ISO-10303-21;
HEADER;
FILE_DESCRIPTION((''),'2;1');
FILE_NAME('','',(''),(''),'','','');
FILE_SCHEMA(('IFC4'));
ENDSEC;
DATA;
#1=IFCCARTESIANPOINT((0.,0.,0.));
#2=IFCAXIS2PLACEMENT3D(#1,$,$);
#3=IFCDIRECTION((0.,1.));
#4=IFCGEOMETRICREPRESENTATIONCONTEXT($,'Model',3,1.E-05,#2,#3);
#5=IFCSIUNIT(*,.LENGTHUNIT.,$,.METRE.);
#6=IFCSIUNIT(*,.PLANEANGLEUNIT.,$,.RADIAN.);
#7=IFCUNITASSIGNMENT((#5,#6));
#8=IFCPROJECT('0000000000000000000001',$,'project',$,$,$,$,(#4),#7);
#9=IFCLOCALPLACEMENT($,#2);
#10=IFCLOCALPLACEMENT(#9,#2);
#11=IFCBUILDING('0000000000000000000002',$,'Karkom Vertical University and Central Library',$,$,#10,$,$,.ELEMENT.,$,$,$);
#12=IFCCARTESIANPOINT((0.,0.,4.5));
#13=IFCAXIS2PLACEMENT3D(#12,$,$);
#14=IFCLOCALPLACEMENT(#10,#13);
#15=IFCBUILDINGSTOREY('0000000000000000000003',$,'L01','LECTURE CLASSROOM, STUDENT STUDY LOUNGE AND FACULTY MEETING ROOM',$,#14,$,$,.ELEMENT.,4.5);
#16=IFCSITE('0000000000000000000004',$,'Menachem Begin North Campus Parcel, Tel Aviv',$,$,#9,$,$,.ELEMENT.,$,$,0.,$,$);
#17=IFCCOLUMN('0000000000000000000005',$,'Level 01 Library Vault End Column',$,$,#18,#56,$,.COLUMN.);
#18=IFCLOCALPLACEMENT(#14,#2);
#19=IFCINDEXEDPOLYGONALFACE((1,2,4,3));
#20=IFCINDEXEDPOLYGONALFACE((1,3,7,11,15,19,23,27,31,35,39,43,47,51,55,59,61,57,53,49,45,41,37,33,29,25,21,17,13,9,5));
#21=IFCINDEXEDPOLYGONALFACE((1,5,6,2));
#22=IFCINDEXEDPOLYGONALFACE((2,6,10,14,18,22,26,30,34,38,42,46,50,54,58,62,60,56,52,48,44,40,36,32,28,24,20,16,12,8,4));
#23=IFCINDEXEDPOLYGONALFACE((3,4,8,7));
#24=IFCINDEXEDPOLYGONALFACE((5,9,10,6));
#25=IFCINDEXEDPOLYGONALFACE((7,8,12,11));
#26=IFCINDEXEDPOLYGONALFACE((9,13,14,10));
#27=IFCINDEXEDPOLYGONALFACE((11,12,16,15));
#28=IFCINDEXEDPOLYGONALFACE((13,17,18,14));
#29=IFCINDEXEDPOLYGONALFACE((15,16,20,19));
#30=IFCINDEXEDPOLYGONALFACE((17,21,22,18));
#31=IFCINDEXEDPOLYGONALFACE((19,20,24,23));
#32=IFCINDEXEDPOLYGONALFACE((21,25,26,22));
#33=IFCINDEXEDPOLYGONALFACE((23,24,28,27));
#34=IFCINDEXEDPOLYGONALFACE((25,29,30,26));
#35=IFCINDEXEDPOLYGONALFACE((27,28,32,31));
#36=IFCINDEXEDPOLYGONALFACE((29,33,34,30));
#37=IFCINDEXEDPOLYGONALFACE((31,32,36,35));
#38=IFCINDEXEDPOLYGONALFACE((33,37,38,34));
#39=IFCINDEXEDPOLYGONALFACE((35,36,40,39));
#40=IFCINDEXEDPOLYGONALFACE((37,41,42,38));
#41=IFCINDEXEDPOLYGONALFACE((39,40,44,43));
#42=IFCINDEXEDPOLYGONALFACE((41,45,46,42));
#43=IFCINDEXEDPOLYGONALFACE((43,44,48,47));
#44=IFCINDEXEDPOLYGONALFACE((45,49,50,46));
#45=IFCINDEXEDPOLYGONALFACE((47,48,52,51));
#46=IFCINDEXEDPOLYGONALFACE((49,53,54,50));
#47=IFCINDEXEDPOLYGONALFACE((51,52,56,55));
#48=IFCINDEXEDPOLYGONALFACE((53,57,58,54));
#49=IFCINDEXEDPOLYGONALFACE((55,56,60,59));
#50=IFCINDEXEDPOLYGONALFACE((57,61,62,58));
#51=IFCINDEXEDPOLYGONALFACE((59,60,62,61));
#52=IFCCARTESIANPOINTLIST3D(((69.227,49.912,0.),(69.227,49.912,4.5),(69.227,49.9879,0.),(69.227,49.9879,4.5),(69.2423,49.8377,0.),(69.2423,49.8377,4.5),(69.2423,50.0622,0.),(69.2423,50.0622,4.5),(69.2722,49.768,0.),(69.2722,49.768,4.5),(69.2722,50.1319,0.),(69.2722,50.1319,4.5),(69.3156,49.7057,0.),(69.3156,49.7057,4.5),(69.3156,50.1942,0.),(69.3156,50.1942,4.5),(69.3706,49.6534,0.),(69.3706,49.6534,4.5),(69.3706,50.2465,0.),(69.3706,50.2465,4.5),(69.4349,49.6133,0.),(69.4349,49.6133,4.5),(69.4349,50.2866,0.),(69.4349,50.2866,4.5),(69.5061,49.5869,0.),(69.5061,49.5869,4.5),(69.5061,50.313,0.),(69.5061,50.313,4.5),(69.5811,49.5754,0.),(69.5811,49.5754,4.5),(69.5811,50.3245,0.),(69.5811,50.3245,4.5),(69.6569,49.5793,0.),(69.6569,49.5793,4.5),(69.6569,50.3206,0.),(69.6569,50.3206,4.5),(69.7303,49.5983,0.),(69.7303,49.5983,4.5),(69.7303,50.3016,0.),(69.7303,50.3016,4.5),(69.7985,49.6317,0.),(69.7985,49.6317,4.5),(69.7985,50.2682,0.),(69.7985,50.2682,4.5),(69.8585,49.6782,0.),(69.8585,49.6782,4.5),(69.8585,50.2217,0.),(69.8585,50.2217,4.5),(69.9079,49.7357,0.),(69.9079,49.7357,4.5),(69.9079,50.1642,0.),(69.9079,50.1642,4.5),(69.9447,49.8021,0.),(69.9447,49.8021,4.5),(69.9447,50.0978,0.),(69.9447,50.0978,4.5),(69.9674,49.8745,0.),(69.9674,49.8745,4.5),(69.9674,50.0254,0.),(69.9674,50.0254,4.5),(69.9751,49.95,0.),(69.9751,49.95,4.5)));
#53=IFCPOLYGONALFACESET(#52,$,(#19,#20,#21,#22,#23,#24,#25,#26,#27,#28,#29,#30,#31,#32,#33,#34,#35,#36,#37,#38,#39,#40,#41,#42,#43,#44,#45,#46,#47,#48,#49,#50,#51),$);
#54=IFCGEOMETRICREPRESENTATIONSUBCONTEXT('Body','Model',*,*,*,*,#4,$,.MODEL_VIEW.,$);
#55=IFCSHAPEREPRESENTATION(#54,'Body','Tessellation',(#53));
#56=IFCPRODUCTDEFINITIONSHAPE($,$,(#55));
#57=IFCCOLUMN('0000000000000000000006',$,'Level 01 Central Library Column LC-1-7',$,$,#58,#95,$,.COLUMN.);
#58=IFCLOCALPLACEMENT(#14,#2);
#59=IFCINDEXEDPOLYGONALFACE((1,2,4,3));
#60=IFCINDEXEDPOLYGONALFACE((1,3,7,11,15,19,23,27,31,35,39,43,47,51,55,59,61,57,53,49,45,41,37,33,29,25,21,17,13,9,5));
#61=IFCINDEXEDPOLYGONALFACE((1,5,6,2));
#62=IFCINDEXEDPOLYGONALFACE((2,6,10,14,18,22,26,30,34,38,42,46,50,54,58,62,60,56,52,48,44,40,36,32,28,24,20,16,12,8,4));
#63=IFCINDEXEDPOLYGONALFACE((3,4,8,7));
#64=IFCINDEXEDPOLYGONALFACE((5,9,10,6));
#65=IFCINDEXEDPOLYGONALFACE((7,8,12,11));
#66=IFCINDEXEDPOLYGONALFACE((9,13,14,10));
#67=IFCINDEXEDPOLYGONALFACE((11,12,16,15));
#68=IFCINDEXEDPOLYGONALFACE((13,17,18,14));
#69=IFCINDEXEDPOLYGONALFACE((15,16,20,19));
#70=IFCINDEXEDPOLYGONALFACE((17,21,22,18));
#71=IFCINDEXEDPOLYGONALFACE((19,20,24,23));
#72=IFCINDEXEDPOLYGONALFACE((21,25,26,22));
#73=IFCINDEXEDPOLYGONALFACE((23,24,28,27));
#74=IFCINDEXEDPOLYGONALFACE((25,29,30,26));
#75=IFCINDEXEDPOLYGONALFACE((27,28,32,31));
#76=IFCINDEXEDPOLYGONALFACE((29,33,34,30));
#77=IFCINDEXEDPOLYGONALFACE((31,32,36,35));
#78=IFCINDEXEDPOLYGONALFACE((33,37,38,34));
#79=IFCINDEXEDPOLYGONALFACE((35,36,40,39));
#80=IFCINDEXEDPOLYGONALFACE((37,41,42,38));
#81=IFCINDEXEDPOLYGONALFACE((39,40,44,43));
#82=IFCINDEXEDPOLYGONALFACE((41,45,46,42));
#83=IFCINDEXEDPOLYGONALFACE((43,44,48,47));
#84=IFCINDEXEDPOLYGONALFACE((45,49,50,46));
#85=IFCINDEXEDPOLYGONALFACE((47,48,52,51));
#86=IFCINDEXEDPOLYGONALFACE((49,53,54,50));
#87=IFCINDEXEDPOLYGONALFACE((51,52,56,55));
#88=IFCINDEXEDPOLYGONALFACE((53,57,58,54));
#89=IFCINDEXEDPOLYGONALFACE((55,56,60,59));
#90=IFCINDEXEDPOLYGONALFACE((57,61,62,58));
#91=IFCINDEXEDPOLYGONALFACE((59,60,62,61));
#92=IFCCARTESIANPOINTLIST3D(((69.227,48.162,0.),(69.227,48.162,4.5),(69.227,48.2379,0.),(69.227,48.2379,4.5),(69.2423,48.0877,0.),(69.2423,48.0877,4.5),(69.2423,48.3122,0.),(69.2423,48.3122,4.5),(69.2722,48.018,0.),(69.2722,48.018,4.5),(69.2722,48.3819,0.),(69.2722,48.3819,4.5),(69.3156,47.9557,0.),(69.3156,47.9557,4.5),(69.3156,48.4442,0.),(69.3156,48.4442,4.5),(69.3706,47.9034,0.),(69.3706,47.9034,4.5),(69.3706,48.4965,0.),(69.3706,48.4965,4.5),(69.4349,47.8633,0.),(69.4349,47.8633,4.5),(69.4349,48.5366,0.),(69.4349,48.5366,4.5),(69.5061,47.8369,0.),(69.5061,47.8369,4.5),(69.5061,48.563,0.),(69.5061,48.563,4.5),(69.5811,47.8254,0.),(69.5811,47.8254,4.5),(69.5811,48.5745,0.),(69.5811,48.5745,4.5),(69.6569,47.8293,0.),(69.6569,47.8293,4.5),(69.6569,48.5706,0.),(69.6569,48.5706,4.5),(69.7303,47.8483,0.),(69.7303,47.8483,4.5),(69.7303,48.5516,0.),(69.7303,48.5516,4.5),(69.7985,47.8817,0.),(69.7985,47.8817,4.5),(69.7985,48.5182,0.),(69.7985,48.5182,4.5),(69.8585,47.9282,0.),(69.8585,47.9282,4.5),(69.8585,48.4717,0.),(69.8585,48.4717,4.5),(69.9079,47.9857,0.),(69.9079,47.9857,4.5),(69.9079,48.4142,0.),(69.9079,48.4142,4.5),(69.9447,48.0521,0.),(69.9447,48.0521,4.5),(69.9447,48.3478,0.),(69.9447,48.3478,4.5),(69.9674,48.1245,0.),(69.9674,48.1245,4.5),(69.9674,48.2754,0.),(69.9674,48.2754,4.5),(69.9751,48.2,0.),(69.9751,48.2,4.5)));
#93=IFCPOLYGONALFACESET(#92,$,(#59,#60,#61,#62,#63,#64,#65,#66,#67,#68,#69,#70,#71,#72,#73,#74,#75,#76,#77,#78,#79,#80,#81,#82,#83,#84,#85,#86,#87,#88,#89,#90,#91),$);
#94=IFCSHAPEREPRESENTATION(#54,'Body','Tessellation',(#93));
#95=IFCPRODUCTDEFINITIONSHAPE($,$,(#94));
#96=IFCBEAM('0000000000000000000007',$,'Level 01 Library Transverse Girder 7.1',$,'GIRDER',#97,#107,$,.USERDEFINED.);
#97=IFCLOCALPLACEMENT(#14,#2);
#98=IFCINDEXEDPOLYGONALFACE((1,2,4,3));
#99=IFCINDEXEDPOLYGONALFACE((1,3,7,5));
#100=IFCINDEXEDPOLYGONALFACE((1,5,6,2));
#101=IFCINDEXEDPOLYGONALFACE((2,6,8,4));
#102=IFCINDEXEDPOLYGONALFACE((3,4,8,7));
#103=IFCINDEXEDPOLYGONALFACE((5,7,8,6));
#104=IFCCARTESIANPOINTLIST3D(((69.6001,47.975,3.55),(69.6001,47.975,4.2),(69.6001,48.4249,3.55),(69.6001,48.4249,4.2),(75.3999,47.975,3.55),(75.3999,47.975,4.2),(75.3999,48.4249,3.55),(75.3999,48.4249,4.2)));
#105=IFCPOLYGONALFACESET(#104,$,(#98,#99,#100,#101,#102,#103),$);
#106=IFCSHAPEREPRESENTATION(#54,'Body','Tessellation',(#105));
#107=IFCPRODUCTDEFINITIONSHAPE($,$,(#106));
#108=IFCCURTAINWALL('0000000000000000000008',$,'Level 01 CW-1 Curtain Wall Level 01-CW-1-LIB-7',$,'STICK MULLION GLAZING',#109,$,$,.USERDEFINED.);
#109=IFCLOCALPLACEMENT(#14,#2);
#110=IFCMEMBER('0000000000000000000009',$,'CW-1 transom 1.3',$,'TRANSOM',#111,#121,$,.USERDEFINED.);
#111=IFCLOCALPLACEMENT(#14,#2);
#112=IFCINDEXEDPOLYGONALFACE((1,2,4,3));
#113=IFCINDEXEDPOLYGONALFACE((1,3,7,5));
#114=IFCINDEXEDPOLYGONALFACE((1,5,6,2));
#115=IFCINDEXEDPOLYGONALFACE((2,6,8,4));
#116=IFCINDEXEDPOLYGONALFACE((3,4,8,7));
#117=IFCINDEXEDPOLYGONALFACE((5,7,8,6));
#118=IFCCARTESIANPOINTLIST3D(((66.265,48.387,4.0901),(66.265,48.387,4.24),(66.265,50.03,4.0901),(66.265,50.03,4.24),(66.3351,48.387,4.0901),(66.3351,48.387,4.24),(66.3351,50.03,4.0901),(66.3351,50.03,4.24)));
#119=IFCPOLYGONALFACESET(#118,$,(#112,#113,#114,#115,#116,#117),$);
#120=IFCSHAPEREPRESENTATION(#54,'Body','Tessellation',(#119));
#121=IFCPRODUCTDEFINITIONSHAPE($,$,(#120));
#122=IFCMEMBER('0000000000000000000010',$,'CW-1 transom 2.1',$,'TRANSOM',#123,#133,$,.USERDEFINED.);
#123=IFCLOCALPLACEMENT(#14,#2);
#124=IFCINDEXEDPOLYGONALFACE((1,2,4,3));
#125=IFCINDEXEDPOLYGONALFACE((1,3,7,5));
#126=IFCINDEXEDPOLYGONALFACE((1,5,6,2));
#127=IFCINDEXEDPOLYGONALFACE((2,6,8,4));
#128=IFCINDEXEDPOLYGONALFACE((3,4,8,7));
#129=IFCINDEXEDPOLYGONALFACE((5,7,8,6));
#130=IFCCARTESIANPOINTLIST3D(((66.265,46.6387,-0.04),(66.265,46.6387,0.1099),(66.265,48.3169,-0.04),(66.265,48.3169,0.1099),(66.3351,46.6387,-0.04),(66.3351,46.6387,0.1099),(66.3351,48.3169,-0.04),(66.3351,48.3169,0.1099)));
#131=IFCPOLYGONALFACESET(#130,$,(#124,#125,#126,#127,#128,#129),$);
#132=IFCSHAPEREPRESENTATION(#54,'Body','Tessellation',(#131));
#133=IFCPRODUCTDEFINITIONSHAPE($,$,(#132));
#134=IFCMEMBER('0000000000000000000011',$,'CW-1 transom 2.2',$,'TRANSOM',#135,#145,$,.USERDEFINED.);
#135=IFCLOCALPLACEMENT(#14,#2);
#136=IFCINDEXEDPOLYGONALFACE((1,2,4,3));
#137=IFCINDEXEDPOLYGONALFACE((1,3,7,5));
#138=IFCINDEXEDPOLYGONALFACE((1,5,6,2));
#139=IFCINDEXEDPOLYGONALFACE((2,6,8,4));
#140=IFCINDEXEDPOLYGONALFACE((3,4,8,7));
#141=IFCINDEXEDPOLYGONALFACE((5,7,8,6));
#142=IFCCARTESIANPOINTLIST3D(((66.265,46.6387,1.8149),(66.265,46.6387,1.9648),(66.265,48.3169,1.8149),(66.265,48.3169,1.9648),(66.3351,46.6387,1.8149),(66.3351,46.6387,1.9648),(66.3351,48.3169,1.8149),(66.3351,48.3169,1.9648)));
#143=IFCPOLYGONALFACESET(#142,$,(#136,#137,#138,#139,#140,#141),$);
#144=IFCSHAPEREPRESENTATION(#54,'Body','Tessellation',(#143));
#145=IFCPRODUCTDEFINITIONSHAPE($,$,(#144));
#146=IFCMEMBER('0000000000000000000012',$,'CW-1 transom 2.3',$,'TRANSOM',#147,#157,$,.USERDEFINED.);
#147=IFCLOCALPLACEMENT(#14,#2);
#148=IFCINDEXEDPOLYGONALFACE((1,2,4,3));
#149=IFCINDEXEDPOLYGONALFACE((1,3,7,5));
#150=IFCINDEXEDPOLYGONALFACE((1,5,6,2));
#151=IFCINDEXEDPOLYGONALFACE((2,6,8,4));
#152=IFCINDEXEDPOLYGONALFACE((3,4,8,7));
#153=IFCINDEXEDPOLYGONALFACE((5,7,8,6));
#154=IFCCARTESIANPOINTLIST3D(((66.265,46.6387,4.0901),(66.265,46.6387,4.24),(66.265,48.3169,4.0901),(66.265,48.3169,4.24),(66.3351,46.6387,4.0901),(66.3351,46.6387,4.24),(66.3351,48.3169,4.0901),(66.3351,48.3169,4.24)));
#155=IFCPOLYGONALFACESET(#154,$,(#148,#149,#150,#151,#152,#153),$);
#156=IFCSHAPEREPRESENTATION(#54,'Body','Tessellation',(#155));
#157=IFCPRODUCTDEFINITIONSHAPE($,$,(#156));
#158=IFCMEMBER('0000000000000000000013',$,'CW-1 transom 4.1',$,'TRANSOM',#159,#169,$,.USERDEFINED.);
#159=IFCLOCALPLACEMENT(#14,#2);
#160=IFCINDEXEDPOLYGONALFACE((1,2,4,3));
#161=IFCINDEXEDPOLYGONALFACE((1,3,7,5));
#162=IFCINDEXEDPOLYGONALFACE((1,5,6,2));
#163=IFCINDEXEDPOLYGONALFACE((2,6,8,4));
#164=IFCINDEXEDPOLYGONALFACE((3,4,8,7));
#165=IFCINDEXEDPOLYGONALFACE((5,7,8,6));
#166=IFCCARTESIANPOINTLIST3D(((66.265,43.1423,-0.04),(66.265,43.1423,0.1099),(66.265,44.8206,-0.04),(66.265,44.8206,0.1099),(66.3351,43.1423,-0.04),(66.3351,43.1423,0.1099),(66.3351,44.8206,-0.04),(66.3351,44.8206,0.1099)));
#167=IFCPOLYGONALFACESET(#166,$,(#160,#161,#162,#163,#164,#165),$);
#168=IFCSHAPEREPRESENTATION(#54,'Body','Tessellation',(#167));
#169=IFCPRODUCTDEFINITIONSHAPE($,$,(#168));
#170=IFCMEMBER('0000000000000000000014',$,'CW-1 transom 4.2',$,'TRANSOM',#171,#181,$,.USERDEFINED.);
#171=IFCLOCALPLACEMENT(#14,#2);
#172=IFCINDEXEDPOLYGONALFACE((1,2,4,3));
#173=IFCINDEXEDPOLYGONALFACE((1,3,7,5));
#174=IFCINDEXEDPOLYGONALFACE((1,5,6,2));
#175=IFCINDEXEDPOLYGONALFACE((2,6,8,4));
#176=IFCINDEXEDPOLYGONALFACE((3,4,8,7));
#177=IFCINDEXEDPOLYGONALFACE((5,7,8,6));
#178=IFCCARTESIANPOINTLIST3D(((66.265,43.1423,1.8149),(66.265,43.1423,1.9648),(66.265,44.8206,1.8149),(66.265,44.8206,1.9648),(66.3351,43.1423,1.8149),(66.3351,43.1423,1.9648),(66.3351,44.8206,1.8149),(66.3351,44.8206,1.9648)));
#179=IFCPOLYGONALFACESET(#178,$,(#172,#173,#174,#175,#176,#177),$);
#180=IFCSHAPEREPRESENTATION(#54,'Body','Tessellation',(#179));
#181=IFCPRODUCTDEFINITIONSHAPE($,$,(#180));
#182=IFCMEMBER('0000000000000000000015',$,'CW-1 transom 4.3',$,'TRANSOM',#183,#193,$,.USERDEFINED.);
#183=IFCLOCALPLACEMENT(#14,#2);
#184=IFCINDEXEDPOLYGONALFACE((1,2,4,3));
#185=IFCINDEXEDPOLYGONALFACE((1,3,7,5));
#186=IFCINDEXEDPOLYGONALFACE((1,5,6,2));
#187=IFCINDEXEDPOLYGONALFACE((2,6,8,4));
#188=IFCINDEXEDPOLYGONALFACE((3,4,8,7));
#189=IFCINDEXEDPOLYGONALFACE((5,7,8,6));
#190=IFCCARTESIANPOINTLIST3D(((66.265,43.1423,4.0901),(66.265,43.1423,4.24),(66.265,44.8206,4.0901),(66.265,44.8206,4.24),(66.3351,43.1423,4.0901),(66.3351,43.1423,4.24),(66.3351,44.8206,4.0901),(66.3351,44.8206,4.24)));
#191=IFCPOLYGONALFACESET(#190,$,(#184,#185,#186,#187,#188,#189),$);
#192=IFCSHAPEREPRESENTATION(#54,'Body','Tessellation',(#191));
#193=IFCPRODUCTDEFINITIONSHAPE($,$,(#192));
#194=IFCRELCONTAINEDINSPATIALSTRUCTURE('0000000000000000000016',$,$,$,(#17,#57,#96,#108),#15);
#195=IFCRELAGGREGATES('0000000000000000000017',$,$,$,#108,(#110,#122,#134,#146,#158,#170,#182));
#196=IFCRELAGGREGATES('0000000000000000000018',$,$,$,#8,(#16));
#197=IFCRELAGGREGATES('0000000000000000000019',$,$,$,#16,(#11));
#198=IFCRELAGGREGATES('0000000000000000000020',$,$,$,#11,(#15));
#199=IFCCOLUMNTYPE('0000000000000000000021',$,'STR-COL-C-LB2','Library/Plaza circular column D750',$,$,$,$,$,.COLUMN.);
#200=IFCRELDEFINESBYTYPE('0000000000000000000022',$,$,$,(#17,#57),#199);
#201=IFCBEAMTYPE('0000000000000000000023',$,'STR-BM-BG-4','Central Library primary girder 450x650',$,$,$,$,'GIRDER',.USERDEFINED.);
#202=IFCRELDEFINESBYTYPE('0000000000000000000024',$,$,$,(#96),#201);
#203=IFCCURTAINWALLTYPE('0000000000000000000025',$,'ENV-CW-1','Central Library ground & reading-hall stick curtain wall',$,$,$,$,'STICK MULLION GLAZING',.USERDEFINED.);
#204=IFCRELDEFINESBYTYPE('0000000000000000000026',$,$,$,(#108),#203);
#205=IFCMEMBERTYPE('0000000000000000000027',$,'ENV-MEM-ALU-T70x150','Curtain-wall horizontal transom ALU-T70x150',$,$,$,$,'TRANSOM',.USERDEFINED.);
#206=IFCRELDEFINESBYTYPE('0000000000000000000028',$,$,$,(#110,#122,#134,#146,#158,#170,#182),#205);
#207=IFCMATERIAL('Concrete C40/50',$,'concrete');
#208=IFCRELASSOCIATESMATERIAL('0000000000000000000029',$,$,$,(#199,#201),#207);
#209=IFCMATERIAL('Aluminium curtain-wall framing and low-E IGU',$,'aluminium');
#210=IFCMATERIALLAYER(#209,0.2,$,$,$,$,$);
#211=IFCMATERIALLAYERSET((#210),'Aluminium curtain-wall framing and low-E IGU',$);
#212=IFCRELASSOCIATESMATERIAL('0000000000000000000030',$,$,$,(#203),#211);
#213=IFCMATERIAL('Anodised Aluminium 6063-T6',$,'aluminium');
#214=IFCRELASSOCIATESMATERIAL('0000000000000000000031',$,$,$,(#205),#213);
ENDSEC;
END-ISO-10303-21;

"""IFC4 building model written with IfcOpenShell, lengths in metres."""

from ifc_helpers import new_model, si_unit, direction, frame, origin, origin_with_axes, origin_2d, place, context, subcontext, project, spatial, rectangle, circle, extrude, source, transform, mapped, material, layer, layer_set, material_profile, profile_set, type_object, element, aggregate, save


model = new_model("IFC4")

# Units and contexts
model_context = context("Model", 3, precision=1e-05, world=origin(), true_north=direction((0.0, 1.0)))
body_context = subcontext(model_context, "Body", "Model", "MODEL_VIEW")
ifc_project = project(units=[si_unit("LENGTHUNIT", "METRE"), si_unit("PLANEANGLEUNIT", "RADIAN")], contexts=[model_context])

# Site, building, storey
site_placement = place(None, origin())
site = spatial("IfcSite", under=ifc_project, at=site_placement, Name="Menachem Begin North Campus Parcel, Tel Aviv", CompositionType="ELEMENT", RefElevation=0.0)
building_placement = place(site_placement, origin())
building = spatial("IfcBuilding", under=site, at=building_placement, Name="Karkom Vertical University and Central Library", CompositionType="ELEMENT")
storey_placement = place(building_placement, frame((0.0, 0.0, 4.5)))
storey = spatial("IfcBuildingStorey", under=building, at=storey_placement, Name="L01", Description="LECTURE CLASSROOM, STUDENT STUDY LOUNGE AND FACULTY MEETING ROOM", CompositionType="ELEMENT", Elevation=4.5)

# Columns
ifc_material_1 = material(Name="Concrete C40/50", Category="concrete")
ifc_material_profile_1 = material_profile(ifc_material_1, circle(Radius=0.375, at=origin_2d()), Name="RC-D750")
ifc_profile_set_1 = profile_set([ifc_material_profile_1], Name="Concrete C40/50")
column_type = type_object("IfcColumnType", Name="STR-COL-C-LB2", Description="Library/Plaza circular column D750", PredefinedType="COLUMN", material=ifc_profile_set_1)
shared_shape_1 = source(origin_with_axes(), body_context, "Body", "SweptSolid", [
    extrude(circle(Radius=0.375, at=origin_2d()), origin(), (0.0, 0.0, 1.0), 4.5),
])
for number, where, z_axis, x_axis, name in (
    (1, (69.6001, 49.95, 0.0), (0.0, 0.0, 1.0), (1.0, 0.0, 0.0), "Level 01 Library Vault End Column"),
    (2, (69.6001, 48.2, 0.0), (0.0, 0.0, 1.0), (1.0, 0.0, 0.0), "Level 01 Central Library Column LC-1-7"),
):
    element("IfcColumn", number, at=place(storey_placement, frame(where, z_axis=z_axis, x_axis=x_axis)), inside=storey, type_object=column_type, Name=name, PredefinedType="COLUMN", context=body_context, shape_type="MappedRepresentation", body=[
        mapped(shared_shape_1, transform((0.0, 0.0, 0.0), scale=1.0)),
    ])

# Beam
ifc_material_profile_2 = material_profile(ifc_material_1, rectangle(XDim=0.45, YDim=0.6499, at=origin_2d()), Name="RCB-450x650")
ifc_profile_set_2 = profile_set([ifc_material_profile_2], Name="Concrete C40/50")
beam_type = type_object("IfcBeamType", Name="STR-BM-BG-4", Description="Central Library primary girder 450x650", ElementType="GIRDER", PredefinedType="USERDEFINED", material=ifc_profile_set_2)
shared_shape_2 = source(origin_with_axes(), body_context, "Body", "SweptSolid", [
    extrude(rectangle(XDim=0.45, YDim=0.6499, at=origin_2d()), origin(), (0.0, 0.0, 1.0), 5.7998),
])
beam_placement = place(storey_placement, frame((69.6001, 48.2, 3.875), z_axis=(1.0, 0.0, 0.0), x_axis=(0.0, 1.0, 0.0)))
element("IfcBeam", 3, at=beam_placement, inside=storey, type_object=beam_type, Name="Level 01 Library Transverse Girder 7.1", ObjectType="GIRDER", PredefinedType="USERDEFINED", context=body_context, shape_type="MappedRepresentation", body=[
    mapped(shared_shape_2, transform((0.0, 0.0, 0.0), scale=1.0)),
])

# Curtain wall, members
ifc_material_2 = material(Name="Aluminium curtain-wall framing and low-E IGU", Category="aluminium")
ifc_layer_1 = layer(ifc_material_2, 0.2)
ifc_layer_set_1 = layer_set([ifc_layer_1], Name="Aluminium curtain-wall framing and low-E IGU")
curtain_wall_type = type_object("IfcCurtainWallType", Name="ENV-CW-1", Description="Central Library ground & reading-hall stick curtain wall", ElementType="STICK MULLION GLAZING", PredefinedType="USERDEFINED", material=ifc_layer_set_1)
curtain_wall_placement = place(storey_placement, origin())
curtain_wall = element("IfcCurtainWall", 4, at=curtain_wall_placement, inside=storey, type_object=curtain_wall_type, Name="Level 01 CW-1 Curtain Wall Level 01-CW-1-LIB-7", ObjectType="STICK MULLION GLAZING", PredefinedType="USERDEFINED")
ifc_material_3 = material(Name="Anodised Aluminium 6063-T6", Category="aluminium")
ifc_material_profile_3 = material_profile(ifc_material_3, rectangle(XDim=0.0701, YDim=0.1499, at=origin_2d()), Name="ALU-T70x150")
ifc_profile_set_3 = profile_set([ifc_material_profile_3], Name="Anodised Aluminium 6063-T6")
member_type = type_object("IfcMemberType", Name="ENV-MEM-ALU-T70x150", Description="Curtain-wall horizontal transom ALU-T70x150", ElementType="TRANSOM", PredefinedType="USERDEFINED", material=ifc_profile_set_3)
shared_shape_3 = source(origin_with_axes(), body_context, "Body", "SweptSolid", [
    extrude(rectangle(XDim=0.0701, YDim=0.1499, at=origin_2d()), origin(), (0.0, 0.0, 1.0), 1.6431),
])
member_1_placement = place(storey_placement, frame((66.3, 50.03, 4.165), z_axis=(0.0, -1.0, 0.0), x_axis=(1.0, 0.0, 0.0)))
member_1 = element("IfcMember", 5, at=member_1_placement, type_object=member_type, Name="CW-1 transom 1.3", ObjectType="TRANSOM", PredefinedType="USERDEFINED", context=body_context, shape_type="MappedRepresentation", body=[
    mapped(shared_shape_3, transform((0.0, 0.0, 0.0), scale=1.0)),
])
shared_shape_4 = source(origin_with_axes(), body_context, "Body", "SweptSolid", [
    extrude(rectangle(XDim=0.0701, YDim=0.1499, at=origin_2d()), origin(), (0.0, 0.0, 1.0), 1.6782),
])
member_2_placement = place(storey_placement, frame((66.3, 48.3169, 0.0349), z_axis=(0.0, -1.0, 0.0), x_axis=(1.0, 0.0, 0.0)))
member_2 = element("IfcMember", 6, at=member_2_placement, type_object=member_type, Name="CW-1 transom 2.1", ObjectType="TRANSOM", PredefinedType="USERDEFINED", context=body_context, shape_type="MappedRepresentation", body=[
    mapped(shared_shape_4, transform((0.0, 0.0, 0.0), scale=1.0)),
])
member_3_placement = place(storey_placement, frame((66.3, 48.3169, 1.8899), z_axis=(0.0, -1.0, 0.0), x_axis=(1.0, 0.0, 0.0)))
member_3 = element("IfcMember", 7, at=member_3_placement, type_object=member_type, Name="CW-1 transom 2.2", ObjectType="TRANSOM", PredefinedType="USERDEFINED", context=body_context, shape_type="MappedRepresentation", body=[
    mapped(shared_shape_4, transform((0.0, 0.0, 0.0), scale=1.0)),
])
member_4_placement = place(storey_placement, frame((66.3, 48.3169, 4.165), z_axis=(0.0, -1.0, 0.0), x_axis=(1.0, 0.0, 0.0)))
member_4 = element("IfcMember", 8, at=member_4_placement, type_object=member_type, Name="CW-1 transom 2.3", ObjectType="TRANSOM", PredefinedType="USERDEFINED", context=body_context, shape_type="MappedRepresentation", body=[
    mapped(shared_shape_4, transform((0.0, 0.0, 0.0), scale=1.0)),
])
member_5_placement = place(storey_placement, frame((66.3, 44.8206, 0.0349), z_axis=(0.0, -1.0, 0.0), x_axis=(1.0, 0.0, 0.0)))
member_5 = element("IfcMember", 9, at=member_5_placement, type_object=member_type, Name="CW-1 transom 4.1", ObjectType="TRANSOM", PredefinedType="USERDEFINED", context=body_context, shape_type="MappedRepresentation", body=[
    mapped(shared_shape_4, transform((0.0, 0.0, 0.0), scale=1.0)),
])
member_6_placement = place(storey_placement, frame((66.3, 44.8206, 1.8899), z_axis=(0.0, -1.0, 0.0), x_axis=(1.0, 0.0, 0.0)))
member_6 = element("IfcMember", 10, at=member_6_placement, type_object=member_type, Name="CW-1 transom 4.2", ObjectType="TRANSOM", PredefinedType="USERDEFINED", context=body_context, shape_type="MappedRepresentation", body=[
    mapped(shared_shape_4, transform((0.0, 0.0, 0.0), scale=1.0)),
])
member_7_placement = place(storey_placement, frame((66.3, 44.8206, 4.165), z_axis=(0.0, -1.0, 0.0), x_axis=(1.0, 0.0, 0.0)))
member_7 = element("IfcMember", 11, at=member_7_placement, type_object=member_type, Name="CW-1 transom 4.3", ObjectType="TRANSOM", PredefinedType="USERDEFINED", context=body_context, shape_type="MappedRepresentation", body=[
    mapped(shared_shape_4, transform((0.0, 0.0, 0.0), scale=1.0)),
])
aggregate(curtain_wall, [member_1, member_2, member_3, member_4, member_5, member_6, member_7])

save(model, "model.ifc")
